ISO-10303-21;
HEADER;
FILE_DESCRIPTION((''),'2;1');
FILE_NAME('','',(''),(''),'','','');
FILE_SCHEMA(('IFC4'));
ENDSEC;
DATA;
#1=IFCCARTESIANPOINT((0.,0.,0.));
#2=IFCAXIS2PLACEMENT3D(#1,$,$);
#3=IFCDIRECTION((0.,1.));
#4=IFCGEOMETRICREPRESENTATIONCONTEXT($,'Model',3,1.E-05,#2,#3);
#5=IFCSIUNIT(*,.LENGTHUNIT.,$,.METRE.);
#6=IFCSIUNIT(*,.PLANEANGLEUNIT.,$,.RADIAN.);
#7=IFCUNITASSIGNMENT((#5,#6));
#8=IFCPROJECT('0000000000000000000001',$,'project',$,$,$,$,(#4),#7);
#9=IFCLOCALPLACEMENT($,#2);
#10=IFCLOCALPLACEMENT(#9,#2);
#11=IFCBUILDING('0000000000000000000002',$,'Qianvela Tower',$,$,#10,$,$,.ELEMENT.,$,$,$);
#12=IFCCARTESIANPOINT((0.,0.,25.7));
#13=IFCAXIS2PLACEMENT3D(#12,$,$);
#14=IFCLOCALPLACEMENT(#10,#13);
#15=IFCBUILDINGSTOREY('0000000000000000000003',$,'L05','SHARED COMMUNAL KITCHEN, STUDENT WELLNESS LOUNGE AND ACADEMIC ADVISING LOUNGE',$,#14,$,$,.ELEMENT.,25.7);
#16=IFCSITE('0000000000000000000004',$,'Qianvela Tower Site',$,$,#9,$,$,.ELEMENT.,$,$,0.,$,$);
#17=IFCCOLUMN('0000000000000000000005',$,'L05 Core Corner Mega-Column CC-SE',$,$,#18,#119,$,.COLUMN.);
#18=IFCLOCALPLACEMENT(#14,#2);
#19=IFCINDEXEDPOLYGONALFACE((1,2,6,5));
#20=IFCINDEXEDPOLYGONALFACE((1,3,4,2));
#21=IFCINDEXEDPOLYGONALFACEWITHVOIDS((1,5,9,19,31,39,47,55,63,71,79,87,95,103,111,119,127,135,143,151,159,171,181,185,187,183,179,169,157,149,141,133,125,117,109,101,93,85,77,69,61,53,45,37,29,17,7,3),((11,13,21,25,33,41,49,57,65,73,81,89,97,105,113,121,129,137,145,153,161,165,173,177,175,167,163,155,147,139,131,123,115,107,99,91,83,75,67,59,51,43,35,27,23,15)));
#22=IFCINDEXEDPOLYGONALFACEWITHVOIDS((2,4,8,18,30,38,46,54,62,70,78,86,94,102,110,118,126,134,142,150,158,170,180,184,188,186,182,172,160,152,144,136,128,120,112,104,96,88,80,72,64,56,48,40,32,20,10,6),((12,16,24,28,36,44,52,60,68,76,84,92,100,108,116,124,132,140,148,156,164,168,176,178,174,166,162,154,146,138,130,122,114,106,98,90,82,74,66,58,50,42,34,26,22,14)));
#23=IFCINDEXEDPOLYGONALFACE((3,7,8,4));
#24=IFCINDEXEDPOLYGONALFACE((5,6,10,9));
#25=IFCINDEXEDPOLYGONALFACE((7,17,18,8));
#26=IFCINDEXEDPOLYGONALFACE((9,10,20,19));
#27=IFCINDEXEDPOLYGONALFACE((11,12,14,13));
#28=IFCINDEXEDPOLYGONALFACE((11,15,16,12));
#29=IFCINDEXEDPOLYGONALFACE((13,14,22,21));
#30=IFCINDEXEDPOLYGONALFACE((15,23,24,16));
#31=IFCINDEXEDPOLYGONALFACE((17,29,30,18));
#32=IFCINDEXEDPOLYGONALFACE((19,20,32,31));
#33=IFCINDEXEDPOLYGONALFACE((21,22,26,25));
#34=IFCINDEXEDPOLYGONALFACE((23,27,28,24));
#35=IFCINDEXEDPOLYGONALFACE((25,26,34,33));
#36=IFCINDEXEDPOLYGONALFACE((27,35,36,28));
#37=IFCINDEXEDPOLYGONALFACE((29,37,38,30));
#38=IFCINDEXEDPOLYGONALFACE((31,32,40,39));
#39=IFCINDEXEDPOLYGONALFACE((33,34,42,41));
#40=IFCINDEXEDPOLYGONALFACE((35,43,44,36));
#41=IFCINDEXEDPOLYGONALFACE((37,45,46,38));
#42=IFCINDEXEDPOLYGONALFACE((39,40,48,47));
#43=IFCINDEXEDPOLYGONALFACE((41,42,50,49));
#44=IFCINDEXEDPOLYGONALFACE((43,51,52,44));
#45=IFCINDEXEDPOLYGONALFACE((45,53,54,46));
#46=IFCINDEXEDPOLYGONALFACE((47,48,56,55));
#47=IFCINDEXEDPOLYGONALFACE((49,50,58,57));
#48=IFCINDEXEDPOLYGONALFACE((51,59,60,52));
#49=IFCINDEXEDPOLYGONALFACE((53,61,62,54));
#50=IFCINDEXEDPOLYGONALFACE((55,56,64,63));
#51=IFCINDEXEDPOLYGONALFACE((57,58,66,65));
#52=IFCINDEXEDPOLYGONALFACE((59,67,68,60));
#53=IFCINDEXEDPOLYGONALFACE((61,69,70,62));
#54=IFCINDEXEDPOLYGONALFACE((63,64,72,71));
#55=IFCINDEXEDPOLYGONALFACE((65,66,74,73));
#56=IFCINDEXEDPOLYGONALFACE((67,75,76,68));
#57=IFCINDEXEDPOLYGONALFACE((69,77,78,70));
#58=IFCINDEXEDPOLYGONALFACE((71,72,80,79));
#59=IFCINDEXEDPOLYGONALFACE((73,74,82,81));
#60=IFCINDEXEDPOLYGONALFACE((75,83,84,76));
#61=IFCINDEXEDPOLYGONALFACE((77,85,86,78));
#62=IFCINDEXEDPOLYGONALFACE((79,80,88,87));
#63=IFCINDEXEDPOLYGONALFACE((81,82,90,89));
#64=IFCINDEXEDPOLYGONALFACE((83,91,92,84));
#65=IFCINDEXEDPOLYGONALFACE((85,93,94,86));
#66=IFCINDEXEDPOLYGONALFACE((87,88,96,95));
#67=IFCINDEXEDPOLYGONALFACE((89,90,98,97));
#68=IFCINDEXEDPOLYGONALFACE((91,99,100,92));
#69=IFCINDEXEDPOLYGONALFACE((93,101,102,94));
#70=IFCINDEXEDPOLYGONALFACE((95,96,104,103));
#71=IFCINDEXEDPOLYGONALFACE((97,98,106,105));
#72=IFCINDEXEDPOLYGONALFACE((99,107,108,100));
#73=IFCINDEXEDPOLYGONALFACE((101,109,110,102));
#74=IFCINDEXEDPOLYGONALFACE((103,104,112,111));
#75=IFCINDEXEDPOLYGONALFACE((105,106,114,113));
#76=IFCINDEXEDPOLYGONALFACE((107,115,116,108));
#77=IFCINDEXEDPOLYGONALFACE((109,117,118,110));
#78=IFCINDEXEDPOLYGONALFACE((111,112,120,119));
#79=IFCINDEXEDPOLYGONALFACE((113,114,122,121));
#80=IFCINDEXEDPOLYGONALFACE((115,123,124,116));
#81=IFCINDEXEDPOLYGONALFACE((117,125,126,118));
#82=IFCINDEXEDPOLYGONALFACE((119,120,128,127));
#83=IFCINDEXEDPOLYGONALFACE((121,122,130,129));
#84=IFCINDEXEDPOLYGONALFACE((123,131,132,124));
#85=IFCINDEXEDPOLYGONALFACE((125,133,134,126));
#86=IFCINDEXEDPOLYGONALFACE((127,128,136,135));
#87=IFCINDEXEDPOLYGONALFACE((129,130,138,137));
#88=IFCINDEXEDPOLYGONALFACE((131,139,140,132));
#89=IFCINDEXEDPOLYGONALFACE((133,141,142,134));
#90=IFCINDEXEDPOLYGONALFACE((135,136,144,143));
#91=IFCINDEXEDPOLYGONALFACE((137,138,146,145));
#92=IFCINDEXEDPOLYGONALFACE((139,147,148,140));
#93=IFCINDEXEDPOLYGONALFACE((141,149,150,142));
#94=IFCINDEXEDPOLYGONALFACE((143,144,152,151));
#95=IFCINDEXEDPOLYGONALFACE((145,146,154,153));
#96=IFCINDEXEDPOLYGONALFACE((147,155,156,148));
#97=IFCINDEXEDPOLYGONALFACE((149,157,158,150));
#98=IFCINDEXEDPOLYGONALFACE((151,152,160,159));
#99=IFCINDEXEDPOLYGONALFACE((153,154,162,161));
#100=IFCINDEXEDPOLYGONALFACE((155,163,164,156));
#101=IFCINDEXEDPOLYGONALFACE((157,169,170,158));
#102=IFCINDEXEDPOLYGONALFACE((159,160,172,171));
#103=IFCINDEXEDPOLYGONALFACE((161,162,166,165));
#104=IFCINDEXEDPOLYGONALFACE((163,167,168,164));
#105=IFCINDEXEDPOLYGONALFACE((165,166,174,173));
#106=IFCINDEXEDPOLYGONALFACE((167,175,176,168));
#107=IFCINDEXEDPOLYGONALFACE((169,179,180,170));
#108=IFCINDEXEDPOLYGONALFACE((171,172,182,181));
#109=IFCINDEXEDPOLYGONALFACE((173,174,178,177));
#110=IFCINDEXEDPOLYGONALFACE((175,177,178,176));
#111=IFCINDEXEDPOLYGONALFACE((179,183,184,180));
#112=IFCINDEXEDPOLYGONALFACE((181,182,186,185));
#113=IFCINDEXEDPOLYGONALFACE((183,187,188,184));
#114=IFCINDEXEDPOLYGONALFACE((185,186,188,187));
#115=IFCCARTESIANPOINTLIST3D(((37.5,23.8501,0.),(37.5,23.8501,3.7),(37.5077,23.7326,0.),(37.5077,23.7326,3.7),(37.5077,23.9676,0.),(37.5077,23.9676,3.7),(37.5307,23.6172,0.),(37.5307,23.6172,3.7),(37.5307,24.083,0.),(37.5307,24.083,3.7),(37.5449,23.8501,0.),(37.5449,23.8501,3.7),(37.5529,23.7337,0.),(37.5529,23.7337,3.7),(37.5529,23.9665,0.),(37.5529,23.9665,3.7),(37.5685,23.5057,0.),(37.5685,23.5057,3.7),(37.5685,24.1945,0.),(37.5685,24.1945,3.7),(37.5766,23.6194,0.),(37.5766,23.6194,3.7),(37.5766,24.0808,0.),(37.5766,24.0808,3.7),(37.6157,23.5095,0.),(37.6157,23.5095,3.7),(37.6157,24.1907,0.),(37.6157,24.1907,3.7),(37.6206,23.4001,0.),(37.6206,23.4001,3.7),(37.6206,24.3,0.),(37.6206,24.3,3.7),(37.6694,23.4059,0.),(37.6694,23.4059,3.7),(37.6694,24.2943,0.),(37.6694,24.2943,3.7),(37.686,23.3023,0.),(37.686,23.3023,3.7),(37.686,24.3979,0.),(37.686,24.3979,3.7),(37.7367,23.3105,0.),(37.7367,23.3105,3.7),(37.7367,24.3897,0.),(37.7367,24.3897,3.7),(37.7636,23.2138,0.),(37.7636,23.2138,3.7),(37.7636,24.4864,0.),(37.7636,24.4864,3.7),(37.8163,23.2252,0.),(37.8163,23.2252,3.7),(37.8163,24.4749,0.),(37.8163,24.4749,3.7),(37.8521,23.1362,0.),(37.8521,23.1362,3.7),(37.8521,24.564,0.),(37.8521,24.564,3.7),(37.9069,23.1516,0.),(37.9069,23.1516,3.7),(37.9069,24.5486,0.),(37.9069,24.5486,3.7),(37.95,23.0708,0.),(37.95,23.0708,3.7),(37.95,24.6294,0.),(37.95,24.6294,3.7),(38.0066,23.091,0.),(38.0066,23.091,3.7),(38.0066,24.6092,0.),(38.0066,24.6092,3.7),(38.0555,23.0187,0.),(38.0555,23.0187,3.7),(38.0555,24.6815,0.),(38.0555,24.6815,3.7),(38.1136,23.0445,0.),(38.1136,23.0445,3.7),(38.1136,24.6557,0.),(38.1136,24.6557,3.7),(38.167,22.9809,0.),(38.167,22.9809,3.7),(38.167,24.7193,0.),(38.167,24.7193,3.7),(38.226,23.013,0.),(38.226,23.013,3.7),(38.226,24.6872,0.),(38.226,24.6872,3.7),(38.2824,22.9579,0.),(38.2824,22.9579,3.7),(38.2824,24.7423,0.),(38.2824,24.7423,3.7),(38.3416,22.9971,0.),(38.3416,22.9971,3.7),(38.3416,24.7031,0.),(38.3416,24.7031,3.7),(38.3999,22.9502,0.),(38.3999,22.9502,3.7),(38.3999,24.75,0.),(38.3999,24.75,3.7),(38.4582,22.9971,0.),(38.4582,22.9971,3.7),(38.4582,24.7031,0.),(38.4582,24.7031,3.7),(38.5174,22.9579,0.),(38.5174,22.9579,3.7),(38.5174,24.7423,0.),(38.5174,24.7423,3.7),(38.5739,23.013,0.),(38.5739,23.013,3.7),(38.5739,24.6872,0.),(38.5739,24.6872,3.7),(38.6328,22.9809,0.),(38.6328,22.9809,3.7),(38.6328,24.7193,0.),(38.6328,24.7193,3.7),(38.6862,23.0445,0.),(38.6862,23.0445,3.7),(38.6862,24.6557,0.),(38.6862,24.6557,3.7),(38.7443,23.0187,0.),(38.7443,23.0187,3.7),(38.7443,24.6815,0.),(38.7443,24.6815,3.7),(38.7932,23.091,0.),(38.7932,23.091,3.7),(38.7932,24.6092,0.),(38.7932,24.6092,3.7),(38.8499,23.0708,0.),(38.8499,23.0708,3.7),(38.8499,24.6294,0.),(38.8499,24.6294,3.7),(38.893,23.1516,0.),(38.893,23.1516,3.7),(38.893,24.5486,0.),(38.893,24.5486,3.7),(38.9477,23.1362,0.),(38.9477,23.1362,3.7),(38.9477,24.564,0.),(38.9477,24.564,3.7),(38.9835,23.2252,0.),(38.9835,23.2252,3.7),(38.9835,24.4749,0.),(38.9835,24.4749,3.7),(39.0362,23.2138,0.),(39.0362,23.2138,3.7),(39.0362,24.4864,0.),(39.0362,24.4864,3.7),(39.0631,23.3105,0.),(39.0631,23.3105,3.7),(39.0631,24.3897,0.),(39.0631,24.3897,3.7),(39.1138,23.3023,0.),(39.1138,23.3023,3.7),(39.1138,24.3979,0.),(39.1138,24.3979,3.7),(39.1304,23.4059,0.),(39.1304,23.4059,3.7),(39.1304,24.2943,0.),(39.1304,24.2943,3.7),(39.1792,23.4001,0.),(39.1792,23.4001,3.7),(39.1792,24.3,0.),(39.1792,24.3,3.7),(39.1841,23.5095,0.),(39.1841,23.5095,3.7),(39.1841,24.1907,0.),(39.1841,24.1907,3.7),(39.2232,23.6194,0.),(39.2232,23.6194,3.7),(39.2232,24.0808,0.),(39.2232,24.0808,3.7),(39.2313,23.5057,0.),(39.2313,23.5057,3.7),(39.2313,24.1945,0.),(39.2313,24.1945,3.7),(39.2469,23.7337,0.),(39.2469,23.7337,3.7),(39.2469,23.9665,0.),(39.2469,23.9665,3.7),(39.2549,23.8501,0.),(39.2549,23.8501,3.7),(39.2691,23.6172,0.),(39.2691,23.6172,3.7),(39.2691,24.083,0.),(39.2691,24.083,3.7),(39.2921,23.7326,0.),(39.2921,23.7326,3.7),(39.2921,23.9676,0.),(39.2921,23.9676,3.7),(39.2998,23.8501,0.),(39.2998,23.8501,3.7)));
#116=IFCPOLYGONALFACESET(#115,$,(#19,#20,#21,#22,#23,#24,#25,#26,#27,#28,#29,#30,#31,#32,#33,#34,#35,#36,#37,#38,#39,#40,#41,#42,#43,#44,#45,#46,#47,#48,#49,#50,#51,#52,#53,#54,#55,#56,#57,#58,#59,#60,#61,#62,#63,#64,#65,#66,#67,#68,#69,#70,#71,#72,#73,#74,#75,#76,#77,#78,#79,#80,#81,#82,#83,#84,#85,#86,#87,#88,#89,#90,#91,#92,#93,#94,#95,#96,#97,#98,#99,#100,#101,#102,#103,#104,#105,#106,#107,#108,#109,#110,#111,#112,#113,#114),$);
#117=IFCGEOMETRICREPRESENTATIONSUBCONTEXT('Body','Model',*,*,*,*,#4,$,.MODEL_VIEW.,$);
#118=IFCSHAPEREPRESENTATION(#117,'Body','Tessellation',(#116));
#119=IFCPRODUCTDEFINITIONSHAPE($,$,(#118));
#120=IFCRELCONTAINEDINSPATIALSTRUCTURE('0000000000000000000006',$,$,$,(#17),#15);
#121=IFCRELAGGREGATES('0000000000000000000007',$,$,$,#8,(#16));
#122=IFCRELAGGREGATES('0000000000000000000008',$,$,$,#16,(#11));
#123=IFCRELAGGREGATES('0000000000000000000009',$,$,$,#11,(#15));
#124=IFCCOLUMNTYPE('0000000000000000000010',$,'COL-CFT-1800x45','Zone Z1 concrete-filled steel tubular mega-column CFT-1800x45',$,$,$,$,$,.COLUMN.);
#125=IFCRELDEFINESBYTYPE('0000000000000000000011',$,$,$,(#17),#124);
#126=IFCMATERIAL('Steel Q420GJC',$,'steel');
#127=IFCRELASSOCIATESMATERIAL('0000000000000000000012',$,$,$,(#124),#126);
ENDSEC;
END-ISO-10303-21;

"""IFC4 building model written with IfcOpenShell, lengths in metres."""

from ifc_helpers import new_model, si_unit, direction, frame, origin, origin_2d, place, context, subcontext, project, spatial, hollow_circle, extrude, material, material_profile, profile_set, type_object, element, save


model = new_model("IFC4")

# Units and contexts
model_context = context("Model", 3, precision=1e-05, world=origin(), true_north=direction((0.0, 1.0)))
body_context = subcontext(model_context, "Body", "Model", "MODEL_VIEW")
ifc_project = project(units=[si_unit("LENGTHUNIT", "METRE"), si_unit("PLANEANGLEUNIT", "RADIAN")], contexts=[model_context])

# Site, building, storey
site_placement = place(None, origin())
site = spatial("IfcSite", under=ifc_project, at=site_placement, Name="Qianvela Tower Site", CompositionType="ELEMENT", RefElevation=0.0)
building_placement = place(site_placement, origin())
building = spatial("IfcBuilding", under=site, at=building_placement, Name="Qianvela Tower", CompositionType="ELEMENT")
storey_placement = place(building_placement, frame((0.0, 0.0, 25.7)))
storey = spatial("IfcBuildingStorey", under=building, at=storey_placement, Name="L05", Description="SHARED COMMUNAL KITCHEN, STUDENT WELLNESS LOUNGE AND ACADEMIC ADVISING LOUNGE", CompositionType="ELEMENT", Elevation=25.7)

# Column
ifc_material_1 = material(Name="Steel Q420GJC", Category="steel")
ifc_material_profile_1 = material_profile(ifc_material_1, hollow_circle(Radius=0.8999, WallThickness=0.0449, at=origin_2d()), Name="CFT-1800x45")
ifc_profile_set_1 = profile_set([ifc_material_profile_1], Name="Steel Q420GJC")
column_type = type_object("IfcColumnType", Name="COL-CFT-1800x45", Description="Zone Z1 concrete-filled steel tubular mega-column CFT-1800x45", PredefinedType="COLUMN", material=ifc_profile_set_1)
for number, where, z_axis, x_axis, name in (
    (1, (38.3999, 23.8501, 0.0), (0.0, 0.0, 1.0), (1.0, 0.0, 0.0), "L05 Core Corner Mega-Column CC-SE"),
):
    element("IfcColumn", number, at=place(storey_placement, frame(where, z_axis=z_axis, x_axis=x_axis)), inside=storey, type_object=column_type, Name=name, PredefinedType="COLUMN", context=body_context, shape_type="SweptSolid", body=[
        extrude(hollow_circle(Radius=0.8999, WallThickness=0.0449, at=origin_2d()), origin(), (0.0, 0.0, 1.0), 3.7),
    ])

save(model, "model.ifc")
